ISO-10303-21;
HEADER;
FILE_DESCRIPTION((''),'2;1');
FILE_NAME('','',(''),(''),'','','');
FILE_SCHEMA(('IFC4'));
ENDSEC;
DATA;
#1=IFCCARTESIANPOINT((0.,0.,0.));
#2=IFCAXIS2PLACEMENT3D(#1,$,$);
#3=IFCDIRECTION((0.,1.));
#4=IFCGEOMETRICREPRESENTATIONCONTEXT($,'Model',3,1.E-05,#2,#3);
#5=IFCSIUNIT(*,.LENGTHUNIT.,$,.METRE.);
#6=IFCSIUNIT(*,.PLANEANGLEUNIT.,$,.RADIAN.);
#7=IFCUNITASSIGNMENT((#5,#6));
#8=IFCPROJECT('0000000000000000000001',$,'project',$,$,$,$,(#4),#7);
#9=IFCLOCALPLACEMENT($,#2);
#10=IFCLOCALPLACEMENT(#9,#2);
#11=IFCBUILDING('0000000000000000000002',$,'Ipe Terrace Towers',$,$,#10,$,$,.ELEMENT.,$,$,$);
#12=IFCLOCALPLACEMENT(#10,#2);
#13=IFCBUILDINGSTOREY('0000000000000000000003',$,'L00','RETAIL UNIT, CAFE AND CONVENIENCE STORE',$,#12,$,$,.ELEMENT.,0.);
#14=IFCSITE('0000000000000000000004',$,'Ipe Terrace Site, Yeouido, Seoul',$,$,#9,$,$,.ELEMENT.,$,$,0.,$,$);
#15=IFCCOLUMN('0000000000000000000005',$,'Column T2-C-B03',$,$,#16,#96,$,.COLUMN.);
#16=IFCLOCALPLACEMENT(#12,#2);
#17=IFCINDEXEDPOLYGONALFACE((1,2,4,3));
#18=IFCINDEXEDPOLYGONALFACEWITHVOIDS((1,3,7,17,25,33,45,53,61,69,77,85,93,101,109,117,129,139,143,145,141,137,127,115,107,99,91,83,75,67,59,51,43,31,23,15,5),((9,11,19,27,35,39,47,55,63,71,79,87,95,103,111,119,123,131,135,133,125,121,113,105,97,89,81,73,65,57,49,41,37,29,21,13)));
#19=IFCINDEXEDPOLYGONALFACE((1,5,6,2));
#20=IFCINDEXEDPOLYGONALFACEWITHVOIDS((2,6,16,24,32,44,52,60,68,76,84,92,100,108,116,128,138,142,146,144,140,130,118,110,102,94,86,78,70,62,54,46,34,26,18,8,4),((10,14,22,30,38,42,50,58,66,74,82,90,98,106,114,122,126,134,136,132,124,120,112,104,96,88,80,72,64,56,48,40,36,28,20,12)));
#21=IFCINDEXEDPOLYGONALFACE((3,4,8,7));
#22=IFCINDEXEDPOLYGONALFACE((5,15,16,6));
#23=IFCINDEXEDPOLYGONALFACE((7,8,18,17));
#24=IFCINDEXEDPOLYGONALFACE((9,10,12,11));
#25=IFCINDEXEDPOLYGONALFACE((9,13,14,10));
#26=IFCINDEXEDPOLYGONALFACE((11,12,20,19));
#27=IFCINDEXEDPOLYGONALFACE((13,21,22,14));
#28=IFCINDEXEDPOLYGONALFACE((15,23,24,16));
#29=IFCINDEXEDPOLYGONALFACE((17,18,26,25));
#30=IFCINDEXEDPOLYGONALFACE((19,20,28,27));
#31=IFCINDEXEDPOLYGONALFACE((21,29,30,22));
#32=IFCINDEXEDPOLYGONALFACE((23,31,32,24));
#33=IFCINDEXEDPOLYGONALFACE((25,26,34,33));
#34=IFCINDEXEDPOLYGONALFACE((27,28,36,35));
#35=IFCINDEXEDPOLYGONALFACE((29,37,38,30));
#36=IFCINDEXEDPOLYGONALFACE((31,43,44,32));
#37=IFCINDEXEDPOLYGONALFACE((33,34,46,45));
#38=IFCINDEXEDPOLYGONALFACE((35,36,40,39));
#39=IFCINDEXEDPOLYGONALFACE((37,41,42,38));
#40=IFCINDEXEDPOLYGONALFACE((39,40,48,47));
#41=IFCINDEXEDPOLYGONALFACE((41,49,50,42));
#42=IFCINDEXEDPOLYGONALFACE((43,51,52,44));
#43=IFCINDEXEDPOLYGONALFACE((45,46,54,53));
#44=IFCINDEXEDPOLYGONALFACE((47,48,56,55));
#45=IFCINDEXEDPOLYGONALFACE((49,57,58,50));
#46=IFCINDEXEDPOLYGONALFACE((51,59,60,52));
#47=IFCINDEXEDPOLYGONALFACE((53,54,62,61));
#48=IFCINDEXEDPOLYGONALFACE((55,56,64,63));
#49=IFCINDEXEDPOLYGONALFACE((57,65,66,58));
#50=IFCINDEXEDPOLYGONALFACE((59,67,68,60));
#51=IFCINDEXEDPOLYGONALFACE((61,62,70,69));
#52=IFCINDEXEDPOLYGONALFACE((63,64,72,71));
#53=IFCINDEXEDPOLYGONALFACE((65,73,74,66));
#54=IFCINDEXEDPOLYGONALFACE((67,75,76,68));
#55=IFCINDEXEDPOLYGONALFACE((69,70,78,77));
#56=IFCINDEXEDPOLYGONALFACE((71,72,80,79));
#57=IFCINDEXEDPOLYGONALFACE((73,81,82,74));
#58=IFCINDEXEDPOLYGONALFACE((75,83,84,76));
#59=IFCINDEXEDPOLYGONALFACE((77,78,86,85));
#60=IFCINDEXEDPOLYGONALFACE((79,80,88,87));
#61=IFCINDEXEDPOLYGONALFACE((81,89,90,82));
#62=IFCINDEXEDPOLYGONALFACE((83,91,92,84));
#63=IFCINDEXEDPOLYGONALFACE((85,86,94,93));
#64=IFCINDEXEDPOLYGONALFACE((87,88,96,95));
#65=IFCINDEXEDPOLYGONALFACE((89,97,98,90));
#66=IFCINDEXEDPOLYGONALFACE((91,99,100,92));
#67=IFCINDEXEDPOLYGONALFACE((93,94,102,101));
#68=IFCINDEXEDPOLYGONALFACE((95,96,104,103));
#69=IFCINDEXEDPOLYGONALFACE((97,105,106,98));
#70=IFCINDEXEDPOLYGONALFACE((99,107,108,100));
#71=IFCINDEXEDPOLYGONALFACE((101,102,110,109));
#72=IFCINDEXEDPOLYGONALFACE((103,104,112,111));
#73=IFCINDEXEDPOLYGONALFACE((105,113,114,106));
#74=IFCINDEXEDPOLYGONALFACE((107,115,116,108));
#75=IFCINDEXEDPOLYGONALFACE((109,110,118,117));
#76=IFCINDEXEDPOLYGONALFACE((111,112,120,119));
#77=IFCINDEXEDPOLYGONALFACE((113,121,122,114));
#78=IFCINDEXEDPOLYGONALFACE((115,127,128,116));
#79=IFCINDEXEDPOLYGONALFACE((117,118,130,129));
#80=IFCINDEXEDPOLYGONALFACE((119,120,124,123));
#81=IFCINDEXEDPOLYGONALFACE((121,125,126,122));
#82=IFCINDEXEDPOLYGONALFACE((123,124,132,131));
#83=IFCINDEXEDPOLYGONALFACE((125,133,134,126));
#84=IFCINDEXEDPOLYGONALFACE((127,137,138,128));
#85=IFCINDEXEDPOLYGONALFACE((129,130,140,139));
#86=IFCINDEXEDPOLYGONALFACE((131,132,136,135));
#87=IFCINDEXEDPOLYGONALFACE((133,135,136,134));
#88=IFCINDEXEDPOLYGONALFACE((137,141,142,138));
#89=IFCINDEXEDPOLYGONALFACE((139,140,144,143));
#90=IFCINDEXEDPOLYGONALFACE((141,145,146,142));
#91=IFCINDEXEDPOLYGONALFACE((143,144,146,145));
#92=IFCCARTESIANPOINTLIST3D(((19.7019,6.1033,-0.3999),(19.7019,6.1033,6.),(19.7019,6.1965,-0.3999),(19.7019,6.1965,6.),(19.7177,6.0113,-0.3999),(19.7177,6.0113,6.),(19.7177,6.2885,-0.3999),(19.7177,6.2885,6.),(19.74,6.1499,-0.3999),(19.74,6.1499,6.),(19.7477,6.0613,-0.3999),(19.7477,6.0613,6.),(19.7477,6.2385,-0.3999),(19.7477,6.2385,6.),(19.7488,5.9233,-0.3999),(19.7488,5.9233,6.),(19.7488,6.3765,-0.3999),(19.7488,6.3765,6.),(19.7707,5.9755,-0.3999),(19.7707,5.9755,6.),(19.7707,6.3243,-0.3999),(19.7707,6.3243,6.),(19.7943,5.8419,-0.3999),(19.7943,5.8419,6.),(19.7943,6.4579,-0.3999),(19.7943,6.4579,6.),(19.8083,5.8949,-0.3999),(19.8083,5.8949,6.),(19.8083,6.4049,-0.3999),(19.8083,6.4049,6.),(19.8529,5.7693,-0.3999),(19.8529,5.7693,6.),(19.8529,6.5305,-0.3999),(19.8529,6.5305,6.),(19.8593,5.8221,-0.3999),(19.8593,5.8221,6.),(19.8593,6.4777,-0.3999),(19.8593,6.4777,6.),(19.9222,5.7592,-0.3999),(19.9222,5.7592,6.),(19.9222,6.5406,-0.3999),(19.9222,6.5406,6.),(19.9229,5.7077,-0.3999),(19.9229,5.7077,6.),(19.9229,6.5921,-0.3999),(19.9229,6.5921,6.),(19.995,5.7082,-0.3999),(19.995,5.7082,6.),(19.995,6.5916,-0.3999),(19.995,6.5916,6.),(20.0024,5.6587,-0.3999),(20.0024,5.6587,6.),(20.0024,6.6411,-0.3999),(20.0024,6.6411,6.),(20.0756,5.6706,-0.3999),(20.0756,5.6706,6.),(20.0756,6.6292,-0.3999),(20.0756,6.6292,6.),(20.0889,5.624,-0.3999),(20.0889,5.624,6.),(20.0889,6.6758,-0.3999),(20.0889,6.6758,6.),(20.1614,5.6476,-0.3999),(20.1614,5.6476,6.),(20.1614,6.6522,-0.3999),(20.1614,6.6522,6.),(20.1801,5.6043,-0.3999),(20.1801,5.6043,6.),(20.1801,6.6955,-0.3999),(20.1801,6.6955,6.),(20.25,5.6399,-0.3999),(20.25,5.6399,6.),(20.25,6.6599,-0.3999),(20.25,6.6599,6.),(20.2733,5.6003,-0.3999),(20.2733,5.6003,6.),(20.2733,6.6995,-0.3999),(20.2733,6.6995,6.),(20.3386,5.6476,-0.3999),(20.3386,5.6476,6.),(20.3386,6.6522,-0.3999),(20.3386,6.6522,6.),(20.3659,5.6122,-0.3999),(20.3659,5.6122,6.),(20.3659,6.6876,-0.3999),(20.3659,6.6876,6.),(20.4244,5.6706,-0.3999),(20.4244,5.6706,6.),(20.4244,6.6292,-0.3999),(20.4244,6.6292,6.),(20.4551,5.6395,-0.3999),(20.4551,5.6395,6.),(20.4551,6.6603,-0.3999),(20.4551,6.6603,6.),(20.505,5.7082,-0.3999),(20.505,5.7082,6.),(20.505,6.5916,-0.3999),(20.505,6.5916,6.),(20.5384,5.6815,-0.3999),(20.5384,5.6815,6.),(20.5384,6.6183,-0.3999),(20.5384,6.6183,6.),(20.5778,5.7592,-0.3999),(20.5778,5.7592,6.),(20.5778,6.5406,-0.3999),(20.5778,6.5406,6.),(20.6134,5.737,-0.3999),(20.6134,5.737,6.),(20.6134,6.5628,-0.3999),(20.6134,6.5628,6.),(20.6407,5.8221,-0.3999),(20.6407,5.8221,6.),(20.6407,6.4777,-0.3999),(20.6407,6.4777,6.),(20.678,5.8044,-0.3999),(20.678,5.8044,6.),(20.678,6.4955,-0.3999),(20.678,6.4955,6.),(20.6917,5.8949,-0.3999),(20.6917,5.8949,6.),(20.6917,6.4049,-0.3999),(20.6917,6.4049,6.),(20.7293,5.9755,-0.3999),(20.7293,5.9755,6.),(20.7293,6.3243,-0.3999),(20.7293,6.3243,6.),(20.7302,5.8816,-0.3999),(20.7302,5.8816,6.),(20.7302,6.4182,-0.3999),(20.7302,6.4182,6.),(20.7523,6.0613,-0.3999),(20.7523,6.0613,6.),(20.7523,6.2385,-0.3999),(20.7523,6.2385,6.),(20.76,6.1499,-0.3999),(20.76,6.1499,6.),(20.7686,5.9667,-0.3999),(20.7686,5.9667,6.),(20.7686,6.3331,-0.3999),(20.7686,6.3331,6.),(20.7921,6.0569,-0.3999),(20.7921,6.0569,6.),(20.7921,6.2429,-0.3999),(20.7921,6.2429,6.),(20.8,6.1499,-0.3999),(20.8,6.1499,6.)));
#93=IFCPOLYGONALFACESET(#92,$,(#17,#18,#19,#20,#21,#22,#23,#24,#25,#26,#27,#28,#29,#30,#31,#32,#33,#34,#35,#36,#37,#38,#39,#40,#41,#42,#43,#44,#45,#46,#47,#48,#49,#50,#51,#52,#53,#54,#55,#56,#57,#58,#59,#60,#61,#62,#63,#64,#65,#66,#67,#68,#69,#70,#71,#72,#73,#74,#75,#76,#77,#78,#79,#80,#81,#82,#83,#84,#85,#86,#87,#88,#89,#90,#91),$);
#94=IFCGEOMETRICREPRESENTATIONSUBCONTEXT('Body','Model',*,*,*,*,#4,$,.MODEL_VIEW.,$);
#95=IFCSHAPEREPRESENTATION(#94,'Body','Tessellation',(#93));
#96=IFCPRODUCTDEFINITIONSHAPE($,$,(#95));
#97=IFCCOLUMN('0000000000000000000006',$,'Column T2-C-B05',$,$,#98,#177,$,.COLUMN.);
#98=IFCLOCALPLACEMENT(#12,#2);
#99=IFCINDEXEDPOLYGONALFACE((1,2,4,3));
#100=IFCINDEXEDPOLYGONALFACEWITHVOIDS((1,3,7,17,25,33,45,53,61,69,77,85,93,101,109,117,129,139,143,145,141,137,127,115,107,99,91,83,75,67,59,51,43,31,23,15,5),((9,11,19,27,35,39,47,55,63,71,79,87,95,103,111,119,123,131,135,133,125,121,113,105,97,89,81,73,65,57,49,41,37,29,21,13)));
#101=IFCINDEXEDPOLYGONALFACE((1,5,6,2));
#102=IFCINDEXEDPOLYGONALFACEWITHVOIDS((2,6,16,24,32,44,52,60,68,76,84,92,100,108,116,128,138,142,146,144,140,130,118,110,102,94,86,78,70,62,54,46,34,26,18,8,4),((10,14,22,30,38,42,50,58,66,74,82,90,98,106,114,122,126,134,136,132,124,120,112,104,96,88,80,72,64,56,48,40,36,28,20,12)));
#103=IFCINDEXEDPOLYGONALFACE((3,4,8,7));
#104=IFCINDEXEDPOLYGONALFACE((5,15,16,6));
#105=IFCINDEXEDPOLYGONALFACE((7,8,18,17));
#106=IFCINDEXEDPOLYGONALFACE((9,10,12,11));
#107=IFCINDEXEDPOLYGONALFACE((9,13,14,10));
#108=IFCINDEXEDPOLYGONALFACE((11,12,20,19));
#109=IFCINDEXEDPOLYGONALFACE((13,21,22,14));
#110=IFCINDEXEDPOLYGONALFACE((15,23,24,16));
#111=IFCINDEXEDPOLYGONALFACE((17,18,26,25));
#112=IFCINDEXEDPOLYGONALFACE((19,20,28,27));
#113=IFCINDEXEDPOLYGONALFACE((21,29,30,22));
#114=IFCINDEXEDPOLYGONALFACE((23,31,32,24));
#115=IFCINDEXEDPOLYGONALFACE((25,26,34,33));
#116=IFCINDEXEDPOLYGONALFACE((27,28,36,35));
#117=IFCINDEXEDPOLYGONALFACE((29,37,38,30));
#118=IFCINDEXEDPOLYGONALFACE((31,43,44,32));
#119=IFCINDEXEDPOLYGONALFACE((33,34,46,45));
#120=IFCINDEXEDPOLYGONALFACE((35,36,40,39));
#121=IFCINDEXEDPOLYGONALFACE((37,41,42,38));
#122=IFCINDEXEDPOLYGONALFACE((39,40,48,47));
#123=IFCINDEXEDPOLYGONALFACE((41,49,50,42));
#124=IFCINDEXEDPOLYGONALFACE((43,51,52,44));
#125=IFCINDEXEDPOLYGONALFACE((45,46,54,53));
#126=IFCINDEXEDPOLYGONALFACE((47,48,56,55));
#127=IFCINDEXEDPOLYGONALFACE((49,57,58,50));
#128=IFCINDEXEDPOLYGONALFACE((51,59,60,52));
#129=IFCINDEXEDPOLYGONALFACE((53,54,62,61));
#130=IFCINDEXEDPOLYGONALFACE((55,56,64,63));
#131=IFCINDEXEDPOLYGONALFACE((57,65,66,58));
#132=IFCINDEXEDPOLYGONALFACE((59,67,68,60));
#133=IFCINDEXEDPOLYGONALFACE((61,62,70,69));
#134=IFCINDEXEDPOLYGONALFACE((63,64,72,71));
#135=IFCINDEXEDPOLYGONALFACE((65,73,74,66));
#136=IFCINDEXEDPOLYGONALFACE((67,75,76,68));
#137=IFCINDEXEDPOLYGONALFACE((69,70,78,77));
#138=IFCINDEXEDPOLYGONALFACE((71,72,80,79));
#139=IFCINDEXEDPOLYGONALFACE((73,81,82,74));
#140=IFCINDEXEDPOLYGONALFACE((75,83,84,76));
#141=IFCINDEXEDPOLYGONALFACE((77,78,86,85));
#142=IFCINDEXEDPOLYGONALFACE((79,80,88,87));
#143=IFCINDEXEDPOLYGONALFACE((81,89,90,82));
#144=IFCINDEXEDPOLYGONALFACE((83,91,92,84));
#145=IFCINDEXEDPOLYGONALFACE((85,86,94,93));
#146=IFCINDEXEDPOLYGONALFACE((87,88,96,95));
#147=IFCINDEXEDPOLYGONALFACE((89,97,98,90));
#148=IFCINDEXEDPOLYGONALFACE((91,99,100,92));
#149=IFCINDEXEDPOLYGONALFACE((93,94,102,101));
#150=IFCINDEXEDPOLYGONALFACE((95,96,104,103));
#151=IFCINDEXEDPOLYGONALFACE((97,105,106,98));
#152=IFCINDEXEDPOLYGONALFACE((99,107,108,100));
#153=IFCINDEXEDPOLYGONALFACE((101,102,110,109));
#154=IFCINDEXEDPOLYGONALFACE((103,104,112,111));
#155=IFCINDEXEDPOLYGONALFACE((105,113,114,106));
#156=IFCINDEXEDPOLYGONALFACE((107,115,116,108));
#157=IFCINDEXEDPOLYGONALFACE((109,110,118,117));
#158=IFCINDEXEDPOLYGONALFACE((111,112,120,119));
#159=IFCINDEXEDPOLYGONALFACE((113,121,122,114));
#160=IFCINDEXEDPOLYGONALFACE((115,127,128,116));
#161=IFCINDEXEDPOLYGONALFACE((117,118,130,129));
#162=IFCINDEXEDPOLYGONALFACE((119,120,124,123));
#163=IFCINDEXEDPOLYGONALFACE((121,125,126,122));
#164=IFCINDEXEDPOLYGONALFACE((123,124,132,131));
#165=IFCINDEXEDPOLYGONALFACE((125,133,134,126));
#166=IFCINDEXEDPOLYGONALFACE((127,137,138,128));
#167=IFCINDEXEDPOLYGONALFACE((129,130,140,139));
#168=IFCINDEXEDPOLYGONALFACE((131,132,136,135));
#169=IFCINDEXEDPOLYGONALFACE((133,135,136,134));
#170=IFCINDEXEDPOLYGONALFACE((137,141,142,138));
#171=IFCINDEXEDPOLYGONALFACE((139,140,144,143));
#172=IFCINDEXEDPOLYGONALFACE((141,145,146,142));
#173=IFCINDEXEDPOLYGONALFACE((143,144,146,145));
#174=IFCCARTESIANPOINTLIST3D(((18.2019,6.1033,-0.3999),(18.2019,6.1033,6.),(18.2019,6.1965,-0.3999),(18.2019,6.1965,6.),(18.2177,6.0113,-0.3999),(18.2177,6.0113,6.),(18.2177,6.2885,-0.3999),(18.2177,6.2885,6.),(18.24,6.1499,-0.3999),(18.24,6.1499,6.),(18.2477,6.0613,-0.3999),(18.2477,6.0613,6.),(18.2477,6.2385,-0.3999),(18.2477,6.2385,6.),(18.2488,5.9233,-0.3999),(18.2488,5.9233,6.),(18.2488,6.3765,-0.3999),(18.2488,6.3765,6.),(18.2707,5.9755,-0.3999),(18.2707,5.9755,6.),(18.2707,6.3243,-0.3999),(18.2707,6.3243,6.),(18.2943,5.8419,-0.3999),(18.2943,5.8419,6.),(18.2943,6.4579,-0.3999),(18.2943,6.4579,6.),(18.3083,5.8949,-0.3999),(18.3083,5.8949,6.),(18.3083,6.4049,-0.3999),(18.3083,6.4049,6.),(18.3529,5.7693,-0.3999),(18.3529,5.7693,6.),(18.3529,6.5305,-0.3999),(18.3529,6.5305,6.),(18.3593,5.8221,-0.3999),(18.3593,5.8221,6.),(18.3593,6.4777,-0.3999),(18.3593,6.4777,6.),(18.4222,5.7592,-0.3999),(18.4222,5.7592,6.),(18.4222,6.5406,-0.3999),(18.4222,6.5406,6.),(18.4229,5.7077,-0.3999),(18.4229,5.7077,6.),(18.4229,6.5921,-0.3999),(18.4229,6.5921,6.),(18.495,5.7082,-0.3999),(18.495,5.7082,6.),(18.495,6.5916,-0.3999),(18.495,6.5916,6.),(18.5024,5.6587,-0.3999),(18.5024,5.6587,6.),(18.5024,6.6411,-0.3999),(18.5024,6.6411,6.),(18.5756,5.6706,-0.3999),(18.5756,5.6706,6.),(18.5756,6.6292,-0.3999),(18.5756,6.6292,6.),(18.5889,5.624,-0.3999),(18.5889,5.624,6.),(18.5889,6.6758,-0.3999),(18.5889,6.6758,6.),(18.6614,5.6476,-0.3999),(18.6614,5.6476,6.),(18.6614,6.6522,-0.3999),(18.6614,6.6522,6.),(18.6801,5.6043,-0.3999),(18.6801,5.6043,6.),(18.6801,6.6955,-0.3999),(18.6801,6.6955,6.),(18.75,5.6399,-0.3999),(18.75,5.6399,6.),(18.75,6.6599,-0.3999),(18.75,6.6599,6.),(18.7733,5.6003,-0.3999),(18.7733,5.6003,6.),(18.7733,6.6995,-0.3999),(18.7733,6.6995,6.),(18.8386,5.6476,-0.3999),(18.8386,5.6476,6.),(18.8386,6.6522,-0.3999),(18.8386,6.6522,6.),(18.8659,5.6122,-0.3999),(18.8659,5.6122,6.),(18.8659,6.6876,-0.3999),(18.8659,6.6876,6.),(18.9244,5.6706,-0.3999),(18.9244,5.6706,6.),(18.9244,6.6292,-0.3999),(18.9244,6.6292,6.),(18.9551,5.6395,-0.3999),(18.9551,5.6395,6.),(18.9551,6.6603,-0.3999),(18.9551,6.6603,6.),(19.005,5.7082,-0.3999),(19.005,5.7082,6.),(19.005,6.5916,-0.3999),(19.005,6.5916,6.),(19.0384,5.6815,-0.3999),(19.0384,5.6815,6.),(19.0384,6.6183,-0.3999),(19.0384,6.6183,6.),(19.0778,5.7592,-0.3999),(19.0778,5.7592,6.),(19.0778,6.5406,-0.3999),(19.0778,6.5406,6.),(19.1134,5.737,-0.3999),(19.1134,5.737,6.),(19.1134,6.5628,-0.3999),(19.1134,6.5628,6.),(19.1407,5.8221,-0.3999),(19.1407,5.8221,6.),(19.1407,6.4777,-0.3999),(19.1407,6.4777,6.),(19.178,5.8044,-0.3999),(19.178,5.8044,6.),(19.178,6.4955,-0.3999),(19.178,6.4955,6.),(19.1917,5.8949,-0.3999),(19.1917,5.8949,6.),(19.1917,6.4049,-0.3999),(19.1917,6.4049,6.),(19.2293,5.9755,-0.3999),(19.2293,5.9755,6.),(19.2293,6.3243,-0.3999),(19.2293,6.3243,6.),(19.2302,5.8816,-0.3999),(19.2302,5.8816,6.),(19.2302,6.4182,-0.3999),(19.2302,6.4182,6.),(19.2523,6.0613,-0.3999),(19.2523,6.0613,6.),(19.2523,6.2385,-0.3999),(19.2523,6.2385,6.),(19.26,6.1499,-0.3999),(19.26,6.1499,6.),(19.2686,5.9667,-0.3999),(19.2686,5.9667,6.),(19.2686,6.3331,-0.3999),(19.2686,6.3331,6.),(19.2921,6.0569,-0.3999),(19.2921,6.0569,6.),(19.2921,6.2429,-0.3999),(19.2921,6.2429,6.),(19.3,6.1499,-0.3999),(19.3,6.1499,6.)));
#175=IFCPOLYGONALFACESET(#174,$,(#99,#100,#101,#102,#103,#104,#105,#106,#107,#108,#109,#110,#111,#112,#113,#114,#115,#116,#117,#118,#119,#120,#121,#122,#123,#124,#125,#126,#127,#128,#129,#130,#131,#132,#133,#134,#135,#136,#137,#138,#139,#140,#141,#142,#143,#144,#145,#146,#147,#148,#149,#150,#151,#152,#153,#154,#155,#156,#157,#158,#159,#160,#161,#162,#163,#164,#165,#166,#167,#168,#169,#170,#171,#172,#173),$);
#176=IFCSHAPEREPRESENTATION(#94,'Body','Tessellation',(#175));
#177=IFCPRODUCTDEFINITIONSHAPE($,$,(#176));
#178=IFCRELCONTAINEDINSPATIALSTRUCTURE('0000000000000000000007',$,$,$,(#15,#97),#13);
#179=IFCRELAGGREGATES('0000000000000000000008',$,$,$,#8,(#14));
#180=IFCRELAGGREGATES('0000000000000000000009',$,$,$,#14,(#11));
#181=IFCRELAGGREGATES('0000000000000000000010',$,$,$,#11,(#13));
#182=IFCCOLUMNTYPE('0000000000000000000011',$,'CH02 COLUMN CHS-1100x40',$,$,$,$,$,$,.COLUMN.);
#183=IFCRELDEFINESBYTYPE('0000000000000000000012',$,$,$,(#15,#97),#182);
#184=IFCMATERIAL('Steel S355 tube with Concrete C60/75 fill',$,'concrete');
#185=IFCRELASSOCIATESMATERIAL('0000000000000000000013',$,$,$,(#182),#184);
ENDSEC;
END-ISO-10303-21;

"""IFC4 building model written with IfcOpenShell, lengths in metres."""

from ifc_helpers import new_model, si_unit, direction, frame, origin, origin_2d, place, context, subcontext, project, spatial, hollow_circle, extrude, material, material_profile, profile_set, type_object, element, save


model = new_model("IFC4")

# Units and contexts
model_context = context("Model", 3, precision=1e-05, world=origin(), true_north=direction((0.0, 1.0)))
body_context = subcontext(model_context, "Body", "Model", "MODEL_VIEW")
ifc_project = project(units=[si_unit("LENGTHUNIT", "METRE"), si_unit("PLANEANGLEUNIT", "RADIAN")], contexts=[model_context])

# Site, building, storey
site_placement = place(None, origin())
site = spatial("IfcSite", under=ifc_project, at=site_placement, Name="Ipe Terrace Site, Yeouido, Seoul", CompositionType="ELEMENT", RefElevation=0.0)
building_placement = place(site_placement, origin())
building = spatial("IfcBuilding", under=site, at=building_placement, Name="Ipe Terrace Towers", CompositionType="ELEMENT")
storey_placement = place(building_placement, origin())
storey = spatial("IfcBuildingStorey", under=building, at=storey_placement, Name="L00", Description="RETAIL UNIT, CAFE AND CONVENIENCE STORE", CompositionType="ELEMENT", Elevation=0.0)

# Columns
ifc_material_1 = material(Name="Steel S355 tube with Concrete C60/75 fill", Category="concrete")
ifc_material_profile_1 = material_profile(ifc_material_1, hollow_circle(Radius=0.55, WallThickness=0.04, at=origin_2d()), Name="CHS-1100x40")
ifc_profile_set_1 = profile_set([ifc_material_profile_1], Name="Steel S355 tube with Concrete C60/75 fill")
column_type_1 = type_object("IfcColumnType", Name="CH02 COLUMN CHS-1100x40", PredefinedType="COLUMN", material=ifc_profile_set_1)
for number, where, z_axis, x_axis, name in (
    (1, (20.25, 6.1499, -0.3999), (0.0, 0.0, 1.0), (1.0, 0.0, 0.0), "Column T2-C-B03"),
    (2, (18.75, 6.1499, -0.3999), (0.0, 0.0, 1.0), (1.0, 0.0, 0.0), "Column T2-C-B05"),
):
    element("IfcColumn", number, at=place(storey_placement, frame(where, z_axis=z_axis, x_axis=x_axis)), inside=storey, type_object=column_type_1, Name=name, PredefinedType="COLUMN", context=body_context, shape_type="SweptSolid", body=[
        extrude(hollow_circle(Radius=0.55, WallThickness=0.04, at=origin_2d()), origin(), (0.0, 0.0, 1.0), 6.3999),
    ])

save(model, "model.ifc")
